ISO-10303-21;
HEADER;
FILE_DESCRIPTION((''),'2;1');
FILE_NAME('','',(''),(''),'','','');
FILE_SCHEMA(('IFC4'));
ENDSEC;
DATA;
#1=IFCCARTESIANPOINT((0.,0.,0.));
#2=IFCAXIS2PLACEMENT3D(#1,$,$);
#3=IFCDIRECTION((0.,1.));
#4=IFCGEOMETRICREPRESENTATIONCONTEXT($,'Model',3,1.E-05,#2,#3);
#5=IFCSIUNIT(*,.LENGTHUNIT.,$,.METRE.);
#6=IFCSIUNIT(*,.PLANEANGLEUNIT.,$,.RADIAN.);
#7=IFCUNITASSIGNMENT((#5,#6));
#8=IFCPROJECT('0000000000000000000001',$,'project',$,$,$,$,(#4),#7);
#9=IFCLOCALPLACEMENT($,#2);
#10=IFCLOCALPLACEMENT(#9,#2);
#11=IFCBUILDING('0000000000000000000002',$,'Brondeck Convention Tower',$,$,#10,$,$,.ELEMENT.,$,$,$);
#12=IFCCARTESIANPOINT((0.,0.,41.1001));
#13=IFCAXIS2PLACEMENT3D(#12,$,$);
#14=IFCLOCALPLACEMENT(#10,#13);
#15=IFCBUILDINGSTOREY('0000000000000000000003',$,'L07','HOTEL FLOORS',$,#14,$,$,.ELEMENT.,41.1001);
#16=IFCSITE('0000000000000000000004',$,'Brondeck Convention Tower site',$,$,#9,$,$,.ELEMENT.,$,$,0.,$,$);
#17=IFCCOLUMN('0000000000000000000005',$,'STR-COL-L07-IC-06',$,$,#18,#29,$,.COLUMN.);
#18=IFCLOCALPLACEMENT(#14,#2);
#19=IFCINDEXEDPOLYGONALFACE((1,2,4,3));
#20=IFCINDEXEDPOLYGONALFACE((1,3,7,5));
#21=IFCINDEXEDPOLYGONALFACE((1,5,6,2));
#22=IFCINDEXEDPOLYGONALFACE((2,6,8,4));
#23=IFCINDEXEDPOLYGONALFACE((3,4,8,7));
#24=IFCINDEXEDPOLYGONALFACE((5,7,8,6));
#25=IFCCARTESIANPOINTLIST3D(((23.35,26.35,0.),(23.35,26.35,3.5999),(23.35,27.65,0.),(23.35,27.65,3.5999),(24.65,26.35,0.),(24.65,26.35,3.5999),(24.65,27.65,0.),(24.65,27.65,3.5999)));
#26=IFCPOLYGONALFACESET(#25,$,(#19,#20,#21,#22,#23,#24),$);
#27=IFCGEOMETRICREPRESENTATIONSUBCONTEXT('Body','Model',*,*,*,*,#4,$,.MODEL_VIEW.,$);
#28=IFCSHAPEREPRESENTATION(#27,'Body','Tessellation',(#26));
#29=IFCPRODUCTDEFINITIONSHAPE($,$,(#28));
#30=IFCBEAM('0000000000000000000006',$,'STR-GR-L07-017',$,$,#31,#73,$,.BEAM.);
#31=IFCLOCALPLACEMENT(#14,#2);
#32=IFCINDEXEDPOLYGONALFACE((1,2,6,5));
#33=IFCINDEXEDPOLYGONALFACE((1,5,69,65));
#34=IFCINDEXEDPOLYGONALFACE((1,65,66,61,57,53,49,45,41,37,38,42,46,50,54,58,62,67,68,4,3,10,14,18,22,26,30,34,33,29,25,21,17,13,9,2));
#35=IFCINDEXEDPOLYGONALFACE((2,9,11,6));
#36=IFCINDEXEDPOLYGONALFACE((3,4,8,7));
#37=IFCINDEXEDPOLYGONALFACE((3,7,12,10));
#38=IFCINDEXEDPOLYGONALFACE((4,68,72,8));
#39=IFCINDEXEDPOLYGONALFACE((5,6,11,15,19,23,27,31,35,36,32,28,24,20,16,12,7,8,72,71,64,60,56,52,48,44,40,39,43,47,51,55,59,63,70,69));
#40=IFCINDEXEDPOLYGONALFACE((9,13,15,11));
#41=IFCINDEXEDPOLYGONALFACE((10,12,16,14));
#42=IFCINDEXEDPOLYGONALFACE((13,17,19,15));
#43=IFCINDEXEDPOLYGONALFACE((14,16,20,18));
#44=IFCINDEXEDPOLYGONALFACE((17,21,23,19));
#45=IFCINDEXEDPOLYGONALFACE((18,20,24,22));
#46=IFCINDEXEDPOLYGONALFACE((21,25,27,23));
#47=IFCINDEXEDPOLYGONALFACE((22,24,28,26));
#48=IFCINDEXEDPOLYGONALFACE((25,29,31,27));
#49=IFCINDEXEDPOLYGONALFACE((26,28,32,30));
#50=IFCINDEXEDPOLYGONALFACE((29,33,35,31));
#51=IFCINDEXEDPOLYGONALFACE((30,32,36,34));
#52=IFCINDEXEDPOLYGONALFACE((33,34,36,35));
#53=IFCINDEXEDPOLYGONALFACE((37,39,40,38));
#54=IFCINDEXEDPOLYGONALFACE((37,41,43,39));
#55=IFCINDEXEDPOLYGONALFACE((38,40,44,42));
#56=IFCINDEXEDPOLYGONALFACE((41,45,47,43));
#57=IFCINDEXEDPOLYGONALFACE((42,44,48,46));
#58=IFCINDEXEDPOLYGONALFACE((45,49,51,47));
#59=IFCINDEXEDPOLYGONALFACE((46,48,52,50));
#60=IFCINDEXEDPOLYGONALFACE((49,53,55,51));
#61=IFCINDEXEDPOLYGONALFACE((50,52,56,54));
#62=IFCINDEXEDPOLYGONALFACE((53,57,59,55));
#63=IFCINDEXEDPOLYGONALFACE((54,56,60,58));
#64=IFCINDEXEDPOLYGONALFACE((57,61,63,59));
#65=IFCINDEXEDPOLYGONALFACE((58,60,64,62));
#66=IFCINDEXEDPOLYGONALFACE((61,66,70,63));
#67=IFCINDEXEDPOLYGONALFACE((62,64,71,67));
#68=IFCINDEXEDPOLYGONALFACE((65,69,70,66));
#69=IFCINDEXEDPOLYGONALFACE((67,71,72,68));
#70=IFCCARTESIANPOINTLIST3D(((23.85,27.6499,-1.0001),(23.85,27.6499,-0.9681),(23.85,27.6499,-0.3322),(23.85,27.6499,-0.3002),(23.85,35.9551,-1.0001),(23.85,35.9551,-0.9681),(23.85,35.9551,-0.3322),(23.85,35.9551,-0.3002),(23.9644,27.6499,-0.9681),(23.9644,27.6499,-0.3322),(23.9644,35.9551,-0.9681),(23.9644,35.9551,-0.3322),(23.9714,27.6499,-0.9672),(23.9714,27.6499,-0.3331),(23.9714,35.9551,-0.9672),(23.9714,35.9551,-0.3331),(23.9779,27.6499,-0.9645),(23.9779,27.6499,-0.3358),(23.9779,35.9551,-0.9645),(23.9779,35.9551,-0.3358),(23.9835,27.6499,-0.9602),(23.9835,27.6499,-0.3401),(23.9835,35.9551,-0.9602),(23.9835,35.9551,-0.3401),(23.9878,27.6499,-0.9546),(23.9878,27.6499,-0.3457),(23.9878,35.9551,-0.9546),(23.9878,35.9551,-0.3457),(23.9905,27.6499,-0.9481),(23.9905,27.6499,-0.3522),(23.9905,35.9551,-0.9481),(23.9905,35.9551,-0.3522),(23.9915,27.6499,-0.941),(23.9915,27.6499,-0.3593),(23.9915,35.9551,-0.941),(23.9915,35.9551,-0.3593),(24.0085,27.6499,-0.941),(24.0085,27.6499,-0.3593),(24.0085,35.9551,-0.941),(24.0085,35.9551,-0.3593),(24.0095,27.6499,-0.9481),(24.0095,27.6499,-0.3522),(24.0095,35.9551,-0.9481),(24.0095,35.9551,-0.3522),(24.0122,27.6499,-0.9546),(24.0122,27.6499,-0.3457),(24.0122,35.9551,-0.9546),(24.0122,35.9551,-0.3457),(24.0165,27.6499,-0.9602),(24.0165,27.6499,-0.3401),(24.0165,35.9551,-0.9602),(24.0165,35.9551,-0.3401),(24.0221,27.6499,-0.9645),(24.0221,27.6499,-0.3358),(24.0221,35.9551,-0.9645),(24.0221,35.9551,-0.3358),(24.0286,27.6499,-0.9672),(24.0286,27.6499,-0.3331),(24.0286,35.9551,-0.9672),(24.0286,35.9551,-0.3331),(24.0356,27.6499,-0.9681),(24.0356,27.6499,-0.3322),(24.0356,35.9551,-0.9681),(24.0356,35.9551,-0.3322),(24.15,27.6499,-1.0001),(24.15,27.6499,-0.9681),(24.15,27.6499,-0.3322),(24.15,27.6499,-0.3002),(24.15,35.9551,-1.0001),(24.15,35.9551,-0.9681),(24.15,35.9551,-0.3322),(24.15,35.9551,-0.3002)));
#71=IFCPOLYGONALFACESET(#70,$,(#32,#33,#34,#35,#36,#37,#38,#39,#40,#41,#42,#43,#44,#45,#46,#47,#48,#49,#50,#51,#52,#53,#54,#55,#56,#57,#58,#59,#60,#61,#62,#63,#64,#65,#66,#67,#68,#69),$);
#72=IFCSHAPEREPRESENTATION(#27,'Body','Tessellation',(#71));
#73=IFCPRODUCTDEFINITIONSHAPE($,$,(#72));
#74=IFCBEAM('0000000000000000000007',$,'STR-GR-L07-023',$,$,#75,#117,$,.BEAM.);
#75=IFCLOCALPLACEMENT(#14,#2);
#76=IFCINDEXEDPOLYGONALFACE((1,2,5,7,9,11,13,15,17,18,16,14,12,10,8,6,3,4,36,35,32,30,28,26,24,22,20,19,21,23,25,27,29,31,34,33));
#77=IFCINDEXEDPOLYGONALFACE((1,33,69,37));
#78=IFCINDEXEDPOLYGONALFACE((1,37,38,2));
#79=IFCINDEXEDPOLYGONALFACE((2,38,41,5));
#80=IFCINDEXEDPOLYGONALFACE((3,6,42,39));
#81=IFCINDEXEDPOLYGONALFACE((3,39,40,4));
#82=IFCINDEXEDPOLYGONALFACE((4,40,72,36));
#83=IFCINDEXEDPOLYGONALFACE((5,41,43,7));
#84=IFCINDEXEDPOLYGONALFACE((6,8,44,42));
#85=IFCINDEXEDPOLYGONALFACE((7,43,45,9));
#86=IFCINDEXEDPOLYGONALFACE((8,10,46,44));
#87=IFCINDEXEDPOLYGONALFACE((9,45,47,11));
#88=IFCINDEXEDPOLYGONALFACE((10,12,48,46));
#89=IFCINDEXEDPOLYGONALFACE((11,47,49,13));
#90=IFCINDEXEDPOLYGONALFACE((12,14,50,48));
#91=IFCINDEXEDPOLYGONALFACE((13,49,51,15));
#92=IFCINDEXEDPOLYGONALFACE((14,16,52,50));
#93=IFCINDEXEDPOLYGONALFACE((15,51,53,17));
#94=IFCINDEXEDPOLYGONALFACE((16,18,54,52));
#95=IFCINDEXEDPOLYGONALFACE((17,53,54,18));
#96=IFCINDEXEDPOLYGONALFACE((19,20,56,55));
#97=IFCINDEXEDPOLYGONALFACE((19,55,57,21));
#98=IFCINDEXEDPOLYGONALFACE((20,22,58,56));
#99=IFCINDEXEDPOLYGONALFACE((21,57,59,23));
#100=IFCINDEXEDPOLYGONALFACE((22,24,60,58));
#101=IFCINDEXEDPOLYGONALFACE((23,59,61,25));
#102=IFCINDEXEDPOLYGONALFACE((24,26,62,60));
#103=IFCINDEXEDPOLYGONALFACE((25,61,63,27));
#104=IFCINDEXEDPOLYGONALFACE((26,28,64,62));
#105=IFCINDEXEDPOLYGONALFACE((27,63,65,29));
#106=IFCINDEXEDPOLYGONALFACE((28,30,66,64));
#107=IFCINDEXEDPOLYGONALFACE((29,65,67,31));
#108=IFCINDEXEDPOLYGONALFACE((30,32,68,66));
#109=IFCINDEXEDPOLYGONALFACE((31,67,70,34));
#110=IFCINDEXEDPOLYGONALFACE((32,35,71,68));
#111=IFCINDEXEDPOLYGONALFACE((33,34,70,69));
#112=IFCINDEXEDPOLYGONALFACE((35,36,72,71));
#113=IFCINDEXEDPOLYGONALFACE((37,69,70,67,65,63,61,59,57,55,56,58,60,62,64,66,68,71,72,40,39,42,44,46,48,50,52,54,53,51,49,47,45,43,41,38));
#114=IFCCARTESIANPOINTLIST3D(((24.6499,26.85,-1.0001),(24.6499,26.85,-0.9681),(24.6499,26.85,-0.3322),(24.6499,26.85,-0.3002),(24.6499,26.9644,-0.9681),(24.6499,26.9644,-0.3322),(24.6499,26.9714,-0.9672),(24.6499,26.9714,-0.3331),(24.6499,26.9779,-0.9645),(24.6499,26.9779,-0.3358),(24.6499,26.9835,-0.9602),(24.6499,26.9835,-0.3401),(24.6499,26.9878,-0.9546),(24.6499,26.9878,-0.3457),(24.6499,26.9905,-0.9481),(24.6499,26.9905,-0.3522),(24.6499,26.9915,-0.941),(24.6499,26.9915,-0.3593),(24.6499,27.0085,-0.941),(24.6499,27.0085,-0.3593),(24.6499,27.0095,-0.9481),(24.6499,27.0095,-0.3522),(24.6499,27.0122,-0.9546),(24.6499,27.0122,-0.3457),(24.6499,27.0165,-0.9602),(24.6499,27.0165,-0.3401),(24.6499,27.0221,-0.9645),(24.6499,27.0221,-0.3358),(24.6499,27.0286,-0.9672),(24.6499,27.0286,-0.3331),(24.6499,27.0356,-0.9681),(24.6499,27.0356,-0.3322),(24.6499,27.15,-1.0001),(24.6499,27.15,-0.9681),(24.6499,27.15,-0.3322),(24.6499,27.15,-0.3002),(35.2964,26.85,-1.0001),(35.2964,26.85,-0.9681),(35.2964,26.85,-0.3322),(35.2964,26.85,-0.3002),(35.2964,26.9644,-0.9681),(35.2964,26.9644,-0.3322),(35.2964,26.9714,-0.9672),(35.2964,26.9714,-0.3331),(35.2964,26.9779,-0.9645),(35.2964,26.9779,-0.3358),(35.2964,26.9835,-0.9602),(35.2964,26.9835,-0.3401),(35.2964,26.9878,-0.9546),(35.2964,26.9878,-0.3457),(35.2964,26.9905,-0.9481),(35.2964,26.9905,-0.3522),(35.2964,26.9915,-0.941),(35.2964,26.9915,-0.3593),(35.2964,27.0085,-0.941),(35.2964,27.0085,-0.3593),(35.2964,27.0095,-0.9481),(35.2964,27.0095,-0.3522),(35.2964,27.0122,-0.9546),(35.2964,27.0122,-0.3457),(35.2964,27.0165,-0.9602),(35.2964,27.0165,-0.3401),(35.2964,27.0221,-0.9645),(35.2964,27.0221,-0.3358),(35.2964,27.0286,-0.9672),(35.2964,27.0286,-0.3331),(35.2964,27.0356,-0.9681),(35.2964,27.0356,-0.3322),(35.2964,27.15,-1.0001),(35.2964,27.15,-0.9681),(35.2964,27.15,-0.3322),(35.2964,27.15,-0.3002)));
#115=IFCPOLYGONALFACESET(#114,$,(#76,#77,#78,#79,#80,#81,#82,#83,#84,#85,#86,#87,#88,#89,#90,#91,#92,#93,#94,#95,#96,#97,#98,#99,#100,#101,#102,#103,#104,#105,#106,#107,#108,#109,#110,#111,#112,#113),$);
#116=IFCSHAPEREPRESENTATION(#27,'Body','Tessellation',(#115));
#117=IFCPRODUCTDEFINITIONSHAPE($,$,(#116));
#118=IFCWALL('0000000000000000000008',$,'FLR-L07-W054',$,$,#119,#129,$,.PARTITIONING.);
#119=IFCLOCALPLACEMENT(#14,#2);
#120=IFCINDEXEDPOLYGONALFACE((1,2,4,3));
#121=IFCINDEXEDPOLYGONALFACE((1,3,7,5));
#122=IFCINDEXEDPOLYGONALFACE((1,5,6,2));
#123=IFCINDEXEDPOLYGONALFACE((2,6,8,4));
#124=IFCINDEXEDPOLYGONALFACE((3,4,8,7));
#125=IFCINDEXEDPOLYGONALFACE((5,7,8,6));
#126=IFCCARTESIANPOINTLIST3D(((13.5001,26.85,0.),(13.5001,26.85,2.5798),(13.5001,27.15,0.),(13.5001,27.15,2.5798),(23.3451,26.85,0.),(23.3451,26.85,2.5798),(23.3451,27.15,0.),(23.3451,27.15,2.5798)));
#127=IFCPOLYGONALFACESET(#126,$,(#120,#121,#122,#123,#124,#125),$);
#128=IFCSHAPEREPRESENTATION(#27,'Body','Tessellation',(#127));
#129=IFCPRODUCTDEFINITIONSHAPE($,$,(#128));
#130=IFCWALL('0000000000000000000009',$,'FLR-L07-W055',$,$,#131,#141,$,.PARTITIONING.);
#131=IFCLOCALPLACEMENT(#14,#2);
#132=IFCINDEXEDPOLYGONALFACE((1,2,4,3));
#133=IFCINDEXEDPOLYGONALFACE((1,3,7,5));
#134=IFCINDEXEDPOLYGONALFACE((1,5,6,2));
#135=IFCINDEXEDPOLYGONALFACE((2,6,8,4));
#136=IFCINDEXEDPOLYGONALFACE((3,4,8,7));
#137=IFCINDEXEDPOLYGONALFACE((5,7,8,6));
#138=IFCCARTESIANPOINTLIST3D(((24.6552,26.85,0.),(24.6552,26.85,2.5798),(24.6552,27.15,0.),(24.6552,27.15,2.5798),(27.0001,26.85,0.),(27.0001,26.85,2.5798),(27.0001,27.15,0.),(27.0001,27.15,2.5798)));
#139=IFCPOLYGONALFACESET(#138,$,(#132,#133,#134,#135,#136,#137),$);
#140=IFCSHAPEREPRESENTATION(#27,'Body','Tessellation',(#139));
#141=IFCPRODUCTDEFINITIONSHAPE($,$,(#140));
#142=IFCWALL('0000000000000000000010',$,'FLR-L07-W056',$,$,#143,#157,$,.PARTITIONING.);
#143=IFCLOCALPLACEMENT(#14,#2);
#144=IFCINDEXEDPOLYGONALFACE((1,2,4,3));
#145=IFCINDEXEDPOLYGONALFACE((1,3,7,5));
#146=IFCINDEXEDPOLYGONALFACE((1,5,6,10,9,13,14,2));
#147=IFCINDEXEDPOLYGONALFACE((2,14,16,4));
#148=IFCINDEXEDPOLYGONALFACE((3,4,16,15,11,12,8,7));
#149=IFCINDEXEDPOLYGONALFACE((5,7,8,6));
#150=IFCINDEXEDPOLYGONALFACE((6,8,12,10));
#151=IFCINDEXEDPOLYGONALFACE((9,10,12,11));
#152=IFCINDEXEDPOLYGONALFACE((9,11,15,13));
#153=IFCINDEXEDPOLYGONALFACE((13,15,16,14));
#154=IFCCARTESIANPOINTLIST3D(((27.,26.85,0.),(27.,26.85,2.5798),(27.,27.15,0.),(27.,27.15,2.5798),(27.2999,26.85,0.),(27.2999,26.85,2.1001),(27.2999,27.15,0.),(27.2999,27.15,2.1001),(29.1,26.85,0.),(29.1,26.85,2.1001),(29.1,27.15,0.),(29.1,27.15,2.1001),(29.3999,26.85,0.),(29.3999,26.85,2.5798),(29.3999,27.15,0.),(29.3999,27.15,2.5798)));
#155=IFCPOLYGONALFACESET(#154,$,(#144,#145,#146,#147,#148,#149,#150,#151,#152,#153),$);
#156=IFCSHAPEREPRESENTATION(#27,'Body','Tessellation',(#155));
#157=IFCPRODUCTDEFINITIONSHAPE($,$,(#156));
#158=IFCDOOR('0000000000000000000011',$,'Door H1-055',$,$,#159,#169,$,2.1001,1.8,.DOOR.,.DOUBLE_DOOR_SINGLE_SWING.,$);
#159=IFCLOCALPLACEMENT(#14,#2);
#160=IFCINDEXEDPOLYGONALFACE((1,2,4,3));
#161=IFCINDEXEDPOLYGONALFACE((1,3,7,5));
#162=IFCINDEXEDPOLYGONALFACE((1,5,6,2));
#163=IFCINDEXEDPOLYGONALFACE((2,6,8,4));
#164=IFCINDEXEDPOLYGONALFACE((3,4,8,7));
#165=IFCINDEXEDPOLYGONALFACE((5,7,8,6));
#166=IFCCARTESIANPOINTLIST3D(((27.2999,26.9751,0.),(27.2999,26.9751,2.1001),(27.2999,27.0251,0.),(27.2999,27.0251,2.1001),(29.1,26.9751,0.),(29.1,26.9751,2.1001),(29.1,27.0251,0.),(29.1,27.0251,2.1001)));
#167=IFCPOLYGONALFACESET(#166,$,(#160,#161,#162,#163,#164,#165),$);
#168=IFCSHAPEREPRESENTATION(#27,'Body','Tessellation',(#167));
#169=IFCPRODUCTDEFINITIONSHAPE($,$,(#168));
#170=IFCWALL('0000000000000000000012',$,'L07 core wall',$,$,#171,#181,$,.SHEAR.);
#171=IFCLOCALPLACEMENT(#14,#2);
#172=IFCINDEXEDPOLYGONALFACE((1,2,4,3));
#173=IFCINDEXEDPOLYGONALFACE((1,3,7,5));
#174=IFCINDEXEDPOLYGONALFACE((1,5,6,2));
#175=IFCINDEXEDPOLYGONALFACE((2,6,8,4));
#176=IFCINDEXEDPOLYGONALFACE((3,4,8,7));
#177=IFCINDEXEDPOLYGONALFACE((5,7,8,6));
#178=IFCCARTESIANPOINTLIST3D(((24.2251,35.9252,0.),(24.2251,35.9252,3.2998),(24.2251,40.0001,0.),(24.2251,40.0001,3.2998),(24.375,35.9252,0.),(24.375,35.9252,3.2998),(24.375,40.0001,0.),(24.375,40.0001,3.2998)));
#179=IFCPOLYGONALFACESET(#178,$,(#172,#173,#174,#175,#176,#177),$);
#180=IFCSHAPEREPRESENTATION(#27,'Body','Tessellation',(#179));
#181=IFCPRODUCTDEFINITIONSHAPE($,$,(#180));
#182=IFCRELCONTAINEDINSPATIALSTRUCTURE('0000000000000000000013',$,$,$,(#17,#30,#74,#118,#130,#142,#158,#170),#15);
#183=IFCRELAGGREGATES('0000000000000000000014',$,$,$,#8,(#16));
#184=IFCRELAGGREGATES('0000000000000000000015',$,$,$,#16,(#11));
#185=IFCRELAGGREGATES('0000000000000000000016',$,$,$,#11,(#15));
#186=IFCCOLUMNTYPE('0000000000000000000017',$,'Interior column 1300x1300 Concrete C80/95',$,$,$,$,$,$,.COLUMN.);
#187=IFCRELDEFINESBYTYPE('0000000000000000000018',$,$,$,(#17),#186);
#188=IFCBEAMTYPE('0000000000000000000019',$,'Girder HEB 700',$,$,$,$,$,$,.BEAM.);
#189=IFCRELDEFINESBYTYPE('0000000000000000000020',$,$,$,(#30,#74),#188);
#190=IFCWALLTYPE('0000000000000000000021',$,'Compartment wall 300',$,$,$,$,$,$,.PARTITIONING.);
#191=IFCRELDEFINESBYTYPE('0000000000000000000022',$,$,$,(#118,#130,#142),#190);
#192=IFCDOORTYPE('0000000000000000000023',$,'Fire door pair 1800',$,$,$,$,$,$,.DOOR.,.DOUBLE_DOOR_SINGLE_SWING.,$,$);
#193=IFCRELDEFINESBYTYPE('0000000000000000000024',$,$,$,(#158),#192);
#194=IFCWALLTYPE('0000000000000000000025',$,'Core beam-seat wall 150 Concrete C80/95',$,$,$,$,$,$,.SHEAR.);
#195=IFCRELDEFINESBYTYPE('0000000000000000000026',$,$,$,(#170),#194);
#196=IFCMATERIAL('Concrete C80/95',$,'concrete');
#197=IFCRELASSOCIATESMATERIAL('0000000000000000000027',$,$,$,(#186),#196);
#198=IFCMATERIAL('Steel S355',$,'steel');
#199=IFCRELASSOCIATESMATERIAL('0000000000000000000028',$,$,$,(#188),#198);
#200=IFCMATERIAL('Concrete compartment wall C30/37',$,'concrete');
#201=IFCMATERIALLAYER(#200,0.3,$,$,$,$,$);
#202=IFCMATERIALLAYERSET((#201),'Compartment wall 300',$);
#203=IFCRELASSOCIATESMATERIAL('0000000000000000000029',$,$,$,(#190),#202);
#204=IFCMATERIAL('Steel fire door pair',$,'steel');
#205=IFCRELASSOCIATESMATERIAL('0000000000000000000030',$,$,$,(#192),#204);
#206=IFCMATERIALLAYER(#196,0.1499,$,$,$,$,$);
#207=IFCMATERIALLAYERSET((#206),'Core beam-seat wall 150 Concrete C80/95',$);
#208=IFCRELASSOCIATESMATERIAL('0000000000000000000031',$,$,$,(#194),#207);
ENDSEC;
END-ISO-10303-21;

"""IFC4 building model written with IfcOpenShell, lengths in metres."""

from ifc_helpers import new_model, si_unit, direction, frame, frame_2d, origin, origin_2d, place, context, subcontext, project, spatial, rectangle, i_section, extrude, material, layer, layer_set, material_profile, profile_set, type_object, element, fill, save


model = new_model("IFC4")

# Units and contexts
model_context = context("Model", 3, precision=1e-05, world=origin(), true_north=direction((0.0, 1.0)))
body_context = subcontext(model_context, "Body", "Model", "MODEL_VIEW")
ifc_project = project(units=[si_unit("LENGTHUNIT", "METRE"), si_unit("PLANEANGLEUNIT", "RADIAN")], contexts=[model_context])

# Site, building, storey
site_placement = place(None, origin())
site = spatial("IfcSite", under=ifc_project, at=site_placement, Name="Brondeck Convention Tower site", CompositionType="ELEMENT", RefElevation=0.0)
building_placement = place(site_placement, origin())
building = spatial("IfcBuilding", under=site, at=building_placement, Name="Brondeck Convention Tower", CompositionType="ELEMENT")
storey_placement = place(building_placement, frame((0.0, 0.0, 41.1001)))
storey = spatial("IfcBuildingStorey", under=building, at=storey_placement, Name="L07", Description="HOTEL FLOORS", CompositionType="ELEMENT", Elevation=41.1001)

# Column
ifc_material_1 = material(Name="Concrete C80/95", Category="concrete")
ifc_material_profile_1 = material_profile(ifc_material_1, rectangle(XDim=1.3, YDim=1.3, at=origin_2d()), Name="Interior column 1300x1300 Concrete C80/95")
ifc_profile_set_1 = profile_set([ifc_material_profile_1], Name="Concrete C80/95")
column_type = type_object("IfcColumnType", Name="Interior column 1300x1300 Concrete C80/95", PredefinedType="COLUMN", material=ifc_profile_set_1)
column_placement = place(storey_placement, frame((24.0, 27.0, 0.0), z_axis=(0.0, 0.0, 1.0), x_axis=(1.0, 0.0, 0.0)))
element("IfcColumn", 1, at=column_placement, inside=storey, type_object=column_type, Name="STR-COL-L07-IC-06", PredefinedType="COLUMN", context=body_context, shape_type="SweptSolid", body=[
    extrude(rectangle(XDim=1.3, YDim=1.3, at=origin_2d()), origin(), (0.0, 0.0, 1.0), 3.5999),
])

# Beams
ifc_material_2 = material(Name="Steel S355", Category="steel")
ifc_material_profile_2 = material_profile(ifc_material_2, i_section(OverallWidth=0.3, OverallDepth=0.7, WebThickness=0.0171, FlangeThickness=0.032, FilletRadius=0.0271, at=origin_2d()), Name="HEB 700")
ifc_profile_set_2 = profile_set([ifc_material_profile_2], Name="Steel S355")
beam_type = type_object("IfcBeamType", Name="Girder HEB 700", PredefinedType="BEAM", material=ifc_profile_set_2)
beam_1_placement = place(storey_placement, frame((24.0, 35.9551, -0.6501), z_axis=(0.0, -1.0, 0.0), x_axis=(1.0, 0.0, 0.0)))
element("IfcBeam", 2, at=beam_1_placement, inside=storey, type_object=beam_type, Name="STR-GR-L07-017", PredefinedType="BEAM", context=body_context, shape_type="SweptSolid", body=[
    extrude(i_section(OverallWidth=0.3, OverallDepth=0.7, WebThickness=0.0171, FlangeThickness=0.032, FilletRadius=0.0271, at=origin_2d()), origin(), (0.0, 0.0, 1.0), 8.3052),
])
beam_2_placement = place(storey_placement, frame((24.6499, 27.0, -0.6501), z_axis=(1.0, 0.0, 0.0), x_axis=(0.0, 1.0, 0.0)))
element("IfcBeam", 3, at=beam_2_placement, inside=storey, type_object=beam_type, Name="STR-GR-L07-023", PredefinedType="BEAM", context=body_context, shape_type="SweptSolid", body=[
    extrude(i_section(OverallWidth=0.3, OverallDepth=0.7, WebThickness=0.0171, FlangeThickness=0.032, FilletRadius=0.0271, at=origin_2d()), origin(), (0.0, 0.0, 1.0), 10.6465),
])

# Walls
ifc_material_3 = material(Name="Concrete compartment wall C30/37", Category="concrete")
ifc_layer_1 = layer(ifc_material_3, 0.3)
ifc_layer_set_1 = layer_set([ifc_layer_1], Name="Compartment wall 300")
wall_type_1 = type_object("IfcWallType", Name="Compartment wall 300", PredefinedType="PARTITIONING", material=ifc_layer_set_1)
wall_1_placement = place(storey_placement, frame((23.345, 27.0, 0.0), z_axis=(0.0, 0.0, 1.0), x_axis=(-1.0, 0.0, 0.0)))
element("IfcWall", 4, at=wall_1_placement, inside=storey, type_object=wall_type_1, Name="FLR-L07-W054", PredefinedType="PARTITIONING", context=body_context, shape_type="SweptSolid", body=[
    extrude(rectangle(XDim=9.845, YDim=0.3, at=frame_2d((4.9224, 0.0))), origin(), (0.0, 0.0, 1.0), 2.5798),
])
wall_2_placement = place(storey_placement, frame((27.0, 27.0, 0.0), z_axis=(0.0, 0.0, 1.0), x_axis=(-1.0, 0.0, 0.0)))
element("IfcWall", 5, at=wall_2_placement, inside=storey, type_object=wall_type_1, Name="FLR-L07-W055", PredefinedType="PARTITIONING", context=body_context, shape_type="SweptSolid", body=[
    extrude(rectangle(XDim=2.345, YDim=0.3, at=frame_2d((1.1724, 0.0))), origin(), (0.0, 0.0, 1.0), 2.5798),
])

# Wall, opening, door
wall_3_placement = place(storey_placement, frame((29.3999, 27.0, 0.0), z_axis=(0.0, 0.0, 1.0), x_axis=(-1.0, 0.0, 0.0)))
wall_3 = element("IfcWall", 6, at=wall_3_placement, inside=storey, type_object=wall_type_1, Name="FLR-L07-W056", PredefinedType="PARTITIONING", context=body_context, shape_type="SweptSolid", body=[
    extrude(rectangle(XDim=2.3999, YDim=0.3, at=frame_2d((1.2, 0.0))), origin(), (0.0, 0.0, 1.0), 2.5798),
])
opening_1_placement = place(wall_3_placement, frame((0.3, 0.0, 0.0)))
opening_1 = element("IfcOpeningElement", 7, at=opening_1_placement, cuts=wall_3, PredefinedType="OPENING", context=body_context, shape_type="SweptSolid", body=[
    extrude(rectangle(XDim=1.8, YDim=2.1001, at=frame_2d((0.8999, 1.05))), frame((0.0, 0.1599, 0.0), z_axis=(0.0, -1.0, 0.0), x_axis=(1.0, 0.0, 0.0)), (0.0, 0.0, 1.0), 0.3201),
])
ifc_material_4 = material(Name="Steel fire door pair", Category="steel")
door_type_1 = type_object("IfcDoorType", Name="Fire door pair 1800", OperationType="DOUBLE_DOOR_SINGLE_SWING", PredefinedType="DOOR", material=ifc_material_4)
door_1_placement = place(opening_1_placement, origin())
door_1 = element("IfcDoor", 8, at=door_1_placement, inside=storey, type_object=door_type_1, Name="Door H1-055", OperationType="DOUBLE_DOOR_SINGLE_SWING", OverallHeight=2.1001, OverallWidth=1.8, PredefinedType="DOOR", context=body_context, shape_type="SweptSolid", body=[
    extrude(rectangle(XDim=1.8, YDim=2.1001, at=frame_2d((0.8999, 1.05))), frame((0.0, 0.0249, 0.0), z_axis=(0.0, -1.0, 0.0), x_axis=(1.0, 0.0, 0.0)), (0.0, 0.0, 1.0), 0.05),
])
fill(opening_1, door_1)

# Wall
ifc_layer_2 = layer(ifc_material_1, 0.1499)
ifc_layer_set_2 = layer_set([ifc_layer_2], Name="Core beam-seat wall 150 Concrete C80/95")
wall_type_2 = type_object("IfcWallType", Name="Core beam-seat wall 150 Concrete C80/95", PredefinedType="SHEAR", material=ifc_layer_set_2)
wall_4_placement = place(storey_placement, frame((24.3, 35.925, 0.0), z_axis=(0.0, 0.0, 1.0), x_axis=(0.0, 1.0, 0.0)))
element("IfcWall", 9, at=wall_4_placement, inside=storey, type_object=wall_type_2, Name="L07 core wall", PredefinedType="SHEAR", context=body_context, shape_type="SweptSolid", body=[
    extrude(rectangle(XDim=4.075, YDim=0.1499, at=frame_2d((2.0376, 0.0))), origin(), (0.0, 0.0, 1.0), 3.2998),
])

save(model, "model.ifc")
